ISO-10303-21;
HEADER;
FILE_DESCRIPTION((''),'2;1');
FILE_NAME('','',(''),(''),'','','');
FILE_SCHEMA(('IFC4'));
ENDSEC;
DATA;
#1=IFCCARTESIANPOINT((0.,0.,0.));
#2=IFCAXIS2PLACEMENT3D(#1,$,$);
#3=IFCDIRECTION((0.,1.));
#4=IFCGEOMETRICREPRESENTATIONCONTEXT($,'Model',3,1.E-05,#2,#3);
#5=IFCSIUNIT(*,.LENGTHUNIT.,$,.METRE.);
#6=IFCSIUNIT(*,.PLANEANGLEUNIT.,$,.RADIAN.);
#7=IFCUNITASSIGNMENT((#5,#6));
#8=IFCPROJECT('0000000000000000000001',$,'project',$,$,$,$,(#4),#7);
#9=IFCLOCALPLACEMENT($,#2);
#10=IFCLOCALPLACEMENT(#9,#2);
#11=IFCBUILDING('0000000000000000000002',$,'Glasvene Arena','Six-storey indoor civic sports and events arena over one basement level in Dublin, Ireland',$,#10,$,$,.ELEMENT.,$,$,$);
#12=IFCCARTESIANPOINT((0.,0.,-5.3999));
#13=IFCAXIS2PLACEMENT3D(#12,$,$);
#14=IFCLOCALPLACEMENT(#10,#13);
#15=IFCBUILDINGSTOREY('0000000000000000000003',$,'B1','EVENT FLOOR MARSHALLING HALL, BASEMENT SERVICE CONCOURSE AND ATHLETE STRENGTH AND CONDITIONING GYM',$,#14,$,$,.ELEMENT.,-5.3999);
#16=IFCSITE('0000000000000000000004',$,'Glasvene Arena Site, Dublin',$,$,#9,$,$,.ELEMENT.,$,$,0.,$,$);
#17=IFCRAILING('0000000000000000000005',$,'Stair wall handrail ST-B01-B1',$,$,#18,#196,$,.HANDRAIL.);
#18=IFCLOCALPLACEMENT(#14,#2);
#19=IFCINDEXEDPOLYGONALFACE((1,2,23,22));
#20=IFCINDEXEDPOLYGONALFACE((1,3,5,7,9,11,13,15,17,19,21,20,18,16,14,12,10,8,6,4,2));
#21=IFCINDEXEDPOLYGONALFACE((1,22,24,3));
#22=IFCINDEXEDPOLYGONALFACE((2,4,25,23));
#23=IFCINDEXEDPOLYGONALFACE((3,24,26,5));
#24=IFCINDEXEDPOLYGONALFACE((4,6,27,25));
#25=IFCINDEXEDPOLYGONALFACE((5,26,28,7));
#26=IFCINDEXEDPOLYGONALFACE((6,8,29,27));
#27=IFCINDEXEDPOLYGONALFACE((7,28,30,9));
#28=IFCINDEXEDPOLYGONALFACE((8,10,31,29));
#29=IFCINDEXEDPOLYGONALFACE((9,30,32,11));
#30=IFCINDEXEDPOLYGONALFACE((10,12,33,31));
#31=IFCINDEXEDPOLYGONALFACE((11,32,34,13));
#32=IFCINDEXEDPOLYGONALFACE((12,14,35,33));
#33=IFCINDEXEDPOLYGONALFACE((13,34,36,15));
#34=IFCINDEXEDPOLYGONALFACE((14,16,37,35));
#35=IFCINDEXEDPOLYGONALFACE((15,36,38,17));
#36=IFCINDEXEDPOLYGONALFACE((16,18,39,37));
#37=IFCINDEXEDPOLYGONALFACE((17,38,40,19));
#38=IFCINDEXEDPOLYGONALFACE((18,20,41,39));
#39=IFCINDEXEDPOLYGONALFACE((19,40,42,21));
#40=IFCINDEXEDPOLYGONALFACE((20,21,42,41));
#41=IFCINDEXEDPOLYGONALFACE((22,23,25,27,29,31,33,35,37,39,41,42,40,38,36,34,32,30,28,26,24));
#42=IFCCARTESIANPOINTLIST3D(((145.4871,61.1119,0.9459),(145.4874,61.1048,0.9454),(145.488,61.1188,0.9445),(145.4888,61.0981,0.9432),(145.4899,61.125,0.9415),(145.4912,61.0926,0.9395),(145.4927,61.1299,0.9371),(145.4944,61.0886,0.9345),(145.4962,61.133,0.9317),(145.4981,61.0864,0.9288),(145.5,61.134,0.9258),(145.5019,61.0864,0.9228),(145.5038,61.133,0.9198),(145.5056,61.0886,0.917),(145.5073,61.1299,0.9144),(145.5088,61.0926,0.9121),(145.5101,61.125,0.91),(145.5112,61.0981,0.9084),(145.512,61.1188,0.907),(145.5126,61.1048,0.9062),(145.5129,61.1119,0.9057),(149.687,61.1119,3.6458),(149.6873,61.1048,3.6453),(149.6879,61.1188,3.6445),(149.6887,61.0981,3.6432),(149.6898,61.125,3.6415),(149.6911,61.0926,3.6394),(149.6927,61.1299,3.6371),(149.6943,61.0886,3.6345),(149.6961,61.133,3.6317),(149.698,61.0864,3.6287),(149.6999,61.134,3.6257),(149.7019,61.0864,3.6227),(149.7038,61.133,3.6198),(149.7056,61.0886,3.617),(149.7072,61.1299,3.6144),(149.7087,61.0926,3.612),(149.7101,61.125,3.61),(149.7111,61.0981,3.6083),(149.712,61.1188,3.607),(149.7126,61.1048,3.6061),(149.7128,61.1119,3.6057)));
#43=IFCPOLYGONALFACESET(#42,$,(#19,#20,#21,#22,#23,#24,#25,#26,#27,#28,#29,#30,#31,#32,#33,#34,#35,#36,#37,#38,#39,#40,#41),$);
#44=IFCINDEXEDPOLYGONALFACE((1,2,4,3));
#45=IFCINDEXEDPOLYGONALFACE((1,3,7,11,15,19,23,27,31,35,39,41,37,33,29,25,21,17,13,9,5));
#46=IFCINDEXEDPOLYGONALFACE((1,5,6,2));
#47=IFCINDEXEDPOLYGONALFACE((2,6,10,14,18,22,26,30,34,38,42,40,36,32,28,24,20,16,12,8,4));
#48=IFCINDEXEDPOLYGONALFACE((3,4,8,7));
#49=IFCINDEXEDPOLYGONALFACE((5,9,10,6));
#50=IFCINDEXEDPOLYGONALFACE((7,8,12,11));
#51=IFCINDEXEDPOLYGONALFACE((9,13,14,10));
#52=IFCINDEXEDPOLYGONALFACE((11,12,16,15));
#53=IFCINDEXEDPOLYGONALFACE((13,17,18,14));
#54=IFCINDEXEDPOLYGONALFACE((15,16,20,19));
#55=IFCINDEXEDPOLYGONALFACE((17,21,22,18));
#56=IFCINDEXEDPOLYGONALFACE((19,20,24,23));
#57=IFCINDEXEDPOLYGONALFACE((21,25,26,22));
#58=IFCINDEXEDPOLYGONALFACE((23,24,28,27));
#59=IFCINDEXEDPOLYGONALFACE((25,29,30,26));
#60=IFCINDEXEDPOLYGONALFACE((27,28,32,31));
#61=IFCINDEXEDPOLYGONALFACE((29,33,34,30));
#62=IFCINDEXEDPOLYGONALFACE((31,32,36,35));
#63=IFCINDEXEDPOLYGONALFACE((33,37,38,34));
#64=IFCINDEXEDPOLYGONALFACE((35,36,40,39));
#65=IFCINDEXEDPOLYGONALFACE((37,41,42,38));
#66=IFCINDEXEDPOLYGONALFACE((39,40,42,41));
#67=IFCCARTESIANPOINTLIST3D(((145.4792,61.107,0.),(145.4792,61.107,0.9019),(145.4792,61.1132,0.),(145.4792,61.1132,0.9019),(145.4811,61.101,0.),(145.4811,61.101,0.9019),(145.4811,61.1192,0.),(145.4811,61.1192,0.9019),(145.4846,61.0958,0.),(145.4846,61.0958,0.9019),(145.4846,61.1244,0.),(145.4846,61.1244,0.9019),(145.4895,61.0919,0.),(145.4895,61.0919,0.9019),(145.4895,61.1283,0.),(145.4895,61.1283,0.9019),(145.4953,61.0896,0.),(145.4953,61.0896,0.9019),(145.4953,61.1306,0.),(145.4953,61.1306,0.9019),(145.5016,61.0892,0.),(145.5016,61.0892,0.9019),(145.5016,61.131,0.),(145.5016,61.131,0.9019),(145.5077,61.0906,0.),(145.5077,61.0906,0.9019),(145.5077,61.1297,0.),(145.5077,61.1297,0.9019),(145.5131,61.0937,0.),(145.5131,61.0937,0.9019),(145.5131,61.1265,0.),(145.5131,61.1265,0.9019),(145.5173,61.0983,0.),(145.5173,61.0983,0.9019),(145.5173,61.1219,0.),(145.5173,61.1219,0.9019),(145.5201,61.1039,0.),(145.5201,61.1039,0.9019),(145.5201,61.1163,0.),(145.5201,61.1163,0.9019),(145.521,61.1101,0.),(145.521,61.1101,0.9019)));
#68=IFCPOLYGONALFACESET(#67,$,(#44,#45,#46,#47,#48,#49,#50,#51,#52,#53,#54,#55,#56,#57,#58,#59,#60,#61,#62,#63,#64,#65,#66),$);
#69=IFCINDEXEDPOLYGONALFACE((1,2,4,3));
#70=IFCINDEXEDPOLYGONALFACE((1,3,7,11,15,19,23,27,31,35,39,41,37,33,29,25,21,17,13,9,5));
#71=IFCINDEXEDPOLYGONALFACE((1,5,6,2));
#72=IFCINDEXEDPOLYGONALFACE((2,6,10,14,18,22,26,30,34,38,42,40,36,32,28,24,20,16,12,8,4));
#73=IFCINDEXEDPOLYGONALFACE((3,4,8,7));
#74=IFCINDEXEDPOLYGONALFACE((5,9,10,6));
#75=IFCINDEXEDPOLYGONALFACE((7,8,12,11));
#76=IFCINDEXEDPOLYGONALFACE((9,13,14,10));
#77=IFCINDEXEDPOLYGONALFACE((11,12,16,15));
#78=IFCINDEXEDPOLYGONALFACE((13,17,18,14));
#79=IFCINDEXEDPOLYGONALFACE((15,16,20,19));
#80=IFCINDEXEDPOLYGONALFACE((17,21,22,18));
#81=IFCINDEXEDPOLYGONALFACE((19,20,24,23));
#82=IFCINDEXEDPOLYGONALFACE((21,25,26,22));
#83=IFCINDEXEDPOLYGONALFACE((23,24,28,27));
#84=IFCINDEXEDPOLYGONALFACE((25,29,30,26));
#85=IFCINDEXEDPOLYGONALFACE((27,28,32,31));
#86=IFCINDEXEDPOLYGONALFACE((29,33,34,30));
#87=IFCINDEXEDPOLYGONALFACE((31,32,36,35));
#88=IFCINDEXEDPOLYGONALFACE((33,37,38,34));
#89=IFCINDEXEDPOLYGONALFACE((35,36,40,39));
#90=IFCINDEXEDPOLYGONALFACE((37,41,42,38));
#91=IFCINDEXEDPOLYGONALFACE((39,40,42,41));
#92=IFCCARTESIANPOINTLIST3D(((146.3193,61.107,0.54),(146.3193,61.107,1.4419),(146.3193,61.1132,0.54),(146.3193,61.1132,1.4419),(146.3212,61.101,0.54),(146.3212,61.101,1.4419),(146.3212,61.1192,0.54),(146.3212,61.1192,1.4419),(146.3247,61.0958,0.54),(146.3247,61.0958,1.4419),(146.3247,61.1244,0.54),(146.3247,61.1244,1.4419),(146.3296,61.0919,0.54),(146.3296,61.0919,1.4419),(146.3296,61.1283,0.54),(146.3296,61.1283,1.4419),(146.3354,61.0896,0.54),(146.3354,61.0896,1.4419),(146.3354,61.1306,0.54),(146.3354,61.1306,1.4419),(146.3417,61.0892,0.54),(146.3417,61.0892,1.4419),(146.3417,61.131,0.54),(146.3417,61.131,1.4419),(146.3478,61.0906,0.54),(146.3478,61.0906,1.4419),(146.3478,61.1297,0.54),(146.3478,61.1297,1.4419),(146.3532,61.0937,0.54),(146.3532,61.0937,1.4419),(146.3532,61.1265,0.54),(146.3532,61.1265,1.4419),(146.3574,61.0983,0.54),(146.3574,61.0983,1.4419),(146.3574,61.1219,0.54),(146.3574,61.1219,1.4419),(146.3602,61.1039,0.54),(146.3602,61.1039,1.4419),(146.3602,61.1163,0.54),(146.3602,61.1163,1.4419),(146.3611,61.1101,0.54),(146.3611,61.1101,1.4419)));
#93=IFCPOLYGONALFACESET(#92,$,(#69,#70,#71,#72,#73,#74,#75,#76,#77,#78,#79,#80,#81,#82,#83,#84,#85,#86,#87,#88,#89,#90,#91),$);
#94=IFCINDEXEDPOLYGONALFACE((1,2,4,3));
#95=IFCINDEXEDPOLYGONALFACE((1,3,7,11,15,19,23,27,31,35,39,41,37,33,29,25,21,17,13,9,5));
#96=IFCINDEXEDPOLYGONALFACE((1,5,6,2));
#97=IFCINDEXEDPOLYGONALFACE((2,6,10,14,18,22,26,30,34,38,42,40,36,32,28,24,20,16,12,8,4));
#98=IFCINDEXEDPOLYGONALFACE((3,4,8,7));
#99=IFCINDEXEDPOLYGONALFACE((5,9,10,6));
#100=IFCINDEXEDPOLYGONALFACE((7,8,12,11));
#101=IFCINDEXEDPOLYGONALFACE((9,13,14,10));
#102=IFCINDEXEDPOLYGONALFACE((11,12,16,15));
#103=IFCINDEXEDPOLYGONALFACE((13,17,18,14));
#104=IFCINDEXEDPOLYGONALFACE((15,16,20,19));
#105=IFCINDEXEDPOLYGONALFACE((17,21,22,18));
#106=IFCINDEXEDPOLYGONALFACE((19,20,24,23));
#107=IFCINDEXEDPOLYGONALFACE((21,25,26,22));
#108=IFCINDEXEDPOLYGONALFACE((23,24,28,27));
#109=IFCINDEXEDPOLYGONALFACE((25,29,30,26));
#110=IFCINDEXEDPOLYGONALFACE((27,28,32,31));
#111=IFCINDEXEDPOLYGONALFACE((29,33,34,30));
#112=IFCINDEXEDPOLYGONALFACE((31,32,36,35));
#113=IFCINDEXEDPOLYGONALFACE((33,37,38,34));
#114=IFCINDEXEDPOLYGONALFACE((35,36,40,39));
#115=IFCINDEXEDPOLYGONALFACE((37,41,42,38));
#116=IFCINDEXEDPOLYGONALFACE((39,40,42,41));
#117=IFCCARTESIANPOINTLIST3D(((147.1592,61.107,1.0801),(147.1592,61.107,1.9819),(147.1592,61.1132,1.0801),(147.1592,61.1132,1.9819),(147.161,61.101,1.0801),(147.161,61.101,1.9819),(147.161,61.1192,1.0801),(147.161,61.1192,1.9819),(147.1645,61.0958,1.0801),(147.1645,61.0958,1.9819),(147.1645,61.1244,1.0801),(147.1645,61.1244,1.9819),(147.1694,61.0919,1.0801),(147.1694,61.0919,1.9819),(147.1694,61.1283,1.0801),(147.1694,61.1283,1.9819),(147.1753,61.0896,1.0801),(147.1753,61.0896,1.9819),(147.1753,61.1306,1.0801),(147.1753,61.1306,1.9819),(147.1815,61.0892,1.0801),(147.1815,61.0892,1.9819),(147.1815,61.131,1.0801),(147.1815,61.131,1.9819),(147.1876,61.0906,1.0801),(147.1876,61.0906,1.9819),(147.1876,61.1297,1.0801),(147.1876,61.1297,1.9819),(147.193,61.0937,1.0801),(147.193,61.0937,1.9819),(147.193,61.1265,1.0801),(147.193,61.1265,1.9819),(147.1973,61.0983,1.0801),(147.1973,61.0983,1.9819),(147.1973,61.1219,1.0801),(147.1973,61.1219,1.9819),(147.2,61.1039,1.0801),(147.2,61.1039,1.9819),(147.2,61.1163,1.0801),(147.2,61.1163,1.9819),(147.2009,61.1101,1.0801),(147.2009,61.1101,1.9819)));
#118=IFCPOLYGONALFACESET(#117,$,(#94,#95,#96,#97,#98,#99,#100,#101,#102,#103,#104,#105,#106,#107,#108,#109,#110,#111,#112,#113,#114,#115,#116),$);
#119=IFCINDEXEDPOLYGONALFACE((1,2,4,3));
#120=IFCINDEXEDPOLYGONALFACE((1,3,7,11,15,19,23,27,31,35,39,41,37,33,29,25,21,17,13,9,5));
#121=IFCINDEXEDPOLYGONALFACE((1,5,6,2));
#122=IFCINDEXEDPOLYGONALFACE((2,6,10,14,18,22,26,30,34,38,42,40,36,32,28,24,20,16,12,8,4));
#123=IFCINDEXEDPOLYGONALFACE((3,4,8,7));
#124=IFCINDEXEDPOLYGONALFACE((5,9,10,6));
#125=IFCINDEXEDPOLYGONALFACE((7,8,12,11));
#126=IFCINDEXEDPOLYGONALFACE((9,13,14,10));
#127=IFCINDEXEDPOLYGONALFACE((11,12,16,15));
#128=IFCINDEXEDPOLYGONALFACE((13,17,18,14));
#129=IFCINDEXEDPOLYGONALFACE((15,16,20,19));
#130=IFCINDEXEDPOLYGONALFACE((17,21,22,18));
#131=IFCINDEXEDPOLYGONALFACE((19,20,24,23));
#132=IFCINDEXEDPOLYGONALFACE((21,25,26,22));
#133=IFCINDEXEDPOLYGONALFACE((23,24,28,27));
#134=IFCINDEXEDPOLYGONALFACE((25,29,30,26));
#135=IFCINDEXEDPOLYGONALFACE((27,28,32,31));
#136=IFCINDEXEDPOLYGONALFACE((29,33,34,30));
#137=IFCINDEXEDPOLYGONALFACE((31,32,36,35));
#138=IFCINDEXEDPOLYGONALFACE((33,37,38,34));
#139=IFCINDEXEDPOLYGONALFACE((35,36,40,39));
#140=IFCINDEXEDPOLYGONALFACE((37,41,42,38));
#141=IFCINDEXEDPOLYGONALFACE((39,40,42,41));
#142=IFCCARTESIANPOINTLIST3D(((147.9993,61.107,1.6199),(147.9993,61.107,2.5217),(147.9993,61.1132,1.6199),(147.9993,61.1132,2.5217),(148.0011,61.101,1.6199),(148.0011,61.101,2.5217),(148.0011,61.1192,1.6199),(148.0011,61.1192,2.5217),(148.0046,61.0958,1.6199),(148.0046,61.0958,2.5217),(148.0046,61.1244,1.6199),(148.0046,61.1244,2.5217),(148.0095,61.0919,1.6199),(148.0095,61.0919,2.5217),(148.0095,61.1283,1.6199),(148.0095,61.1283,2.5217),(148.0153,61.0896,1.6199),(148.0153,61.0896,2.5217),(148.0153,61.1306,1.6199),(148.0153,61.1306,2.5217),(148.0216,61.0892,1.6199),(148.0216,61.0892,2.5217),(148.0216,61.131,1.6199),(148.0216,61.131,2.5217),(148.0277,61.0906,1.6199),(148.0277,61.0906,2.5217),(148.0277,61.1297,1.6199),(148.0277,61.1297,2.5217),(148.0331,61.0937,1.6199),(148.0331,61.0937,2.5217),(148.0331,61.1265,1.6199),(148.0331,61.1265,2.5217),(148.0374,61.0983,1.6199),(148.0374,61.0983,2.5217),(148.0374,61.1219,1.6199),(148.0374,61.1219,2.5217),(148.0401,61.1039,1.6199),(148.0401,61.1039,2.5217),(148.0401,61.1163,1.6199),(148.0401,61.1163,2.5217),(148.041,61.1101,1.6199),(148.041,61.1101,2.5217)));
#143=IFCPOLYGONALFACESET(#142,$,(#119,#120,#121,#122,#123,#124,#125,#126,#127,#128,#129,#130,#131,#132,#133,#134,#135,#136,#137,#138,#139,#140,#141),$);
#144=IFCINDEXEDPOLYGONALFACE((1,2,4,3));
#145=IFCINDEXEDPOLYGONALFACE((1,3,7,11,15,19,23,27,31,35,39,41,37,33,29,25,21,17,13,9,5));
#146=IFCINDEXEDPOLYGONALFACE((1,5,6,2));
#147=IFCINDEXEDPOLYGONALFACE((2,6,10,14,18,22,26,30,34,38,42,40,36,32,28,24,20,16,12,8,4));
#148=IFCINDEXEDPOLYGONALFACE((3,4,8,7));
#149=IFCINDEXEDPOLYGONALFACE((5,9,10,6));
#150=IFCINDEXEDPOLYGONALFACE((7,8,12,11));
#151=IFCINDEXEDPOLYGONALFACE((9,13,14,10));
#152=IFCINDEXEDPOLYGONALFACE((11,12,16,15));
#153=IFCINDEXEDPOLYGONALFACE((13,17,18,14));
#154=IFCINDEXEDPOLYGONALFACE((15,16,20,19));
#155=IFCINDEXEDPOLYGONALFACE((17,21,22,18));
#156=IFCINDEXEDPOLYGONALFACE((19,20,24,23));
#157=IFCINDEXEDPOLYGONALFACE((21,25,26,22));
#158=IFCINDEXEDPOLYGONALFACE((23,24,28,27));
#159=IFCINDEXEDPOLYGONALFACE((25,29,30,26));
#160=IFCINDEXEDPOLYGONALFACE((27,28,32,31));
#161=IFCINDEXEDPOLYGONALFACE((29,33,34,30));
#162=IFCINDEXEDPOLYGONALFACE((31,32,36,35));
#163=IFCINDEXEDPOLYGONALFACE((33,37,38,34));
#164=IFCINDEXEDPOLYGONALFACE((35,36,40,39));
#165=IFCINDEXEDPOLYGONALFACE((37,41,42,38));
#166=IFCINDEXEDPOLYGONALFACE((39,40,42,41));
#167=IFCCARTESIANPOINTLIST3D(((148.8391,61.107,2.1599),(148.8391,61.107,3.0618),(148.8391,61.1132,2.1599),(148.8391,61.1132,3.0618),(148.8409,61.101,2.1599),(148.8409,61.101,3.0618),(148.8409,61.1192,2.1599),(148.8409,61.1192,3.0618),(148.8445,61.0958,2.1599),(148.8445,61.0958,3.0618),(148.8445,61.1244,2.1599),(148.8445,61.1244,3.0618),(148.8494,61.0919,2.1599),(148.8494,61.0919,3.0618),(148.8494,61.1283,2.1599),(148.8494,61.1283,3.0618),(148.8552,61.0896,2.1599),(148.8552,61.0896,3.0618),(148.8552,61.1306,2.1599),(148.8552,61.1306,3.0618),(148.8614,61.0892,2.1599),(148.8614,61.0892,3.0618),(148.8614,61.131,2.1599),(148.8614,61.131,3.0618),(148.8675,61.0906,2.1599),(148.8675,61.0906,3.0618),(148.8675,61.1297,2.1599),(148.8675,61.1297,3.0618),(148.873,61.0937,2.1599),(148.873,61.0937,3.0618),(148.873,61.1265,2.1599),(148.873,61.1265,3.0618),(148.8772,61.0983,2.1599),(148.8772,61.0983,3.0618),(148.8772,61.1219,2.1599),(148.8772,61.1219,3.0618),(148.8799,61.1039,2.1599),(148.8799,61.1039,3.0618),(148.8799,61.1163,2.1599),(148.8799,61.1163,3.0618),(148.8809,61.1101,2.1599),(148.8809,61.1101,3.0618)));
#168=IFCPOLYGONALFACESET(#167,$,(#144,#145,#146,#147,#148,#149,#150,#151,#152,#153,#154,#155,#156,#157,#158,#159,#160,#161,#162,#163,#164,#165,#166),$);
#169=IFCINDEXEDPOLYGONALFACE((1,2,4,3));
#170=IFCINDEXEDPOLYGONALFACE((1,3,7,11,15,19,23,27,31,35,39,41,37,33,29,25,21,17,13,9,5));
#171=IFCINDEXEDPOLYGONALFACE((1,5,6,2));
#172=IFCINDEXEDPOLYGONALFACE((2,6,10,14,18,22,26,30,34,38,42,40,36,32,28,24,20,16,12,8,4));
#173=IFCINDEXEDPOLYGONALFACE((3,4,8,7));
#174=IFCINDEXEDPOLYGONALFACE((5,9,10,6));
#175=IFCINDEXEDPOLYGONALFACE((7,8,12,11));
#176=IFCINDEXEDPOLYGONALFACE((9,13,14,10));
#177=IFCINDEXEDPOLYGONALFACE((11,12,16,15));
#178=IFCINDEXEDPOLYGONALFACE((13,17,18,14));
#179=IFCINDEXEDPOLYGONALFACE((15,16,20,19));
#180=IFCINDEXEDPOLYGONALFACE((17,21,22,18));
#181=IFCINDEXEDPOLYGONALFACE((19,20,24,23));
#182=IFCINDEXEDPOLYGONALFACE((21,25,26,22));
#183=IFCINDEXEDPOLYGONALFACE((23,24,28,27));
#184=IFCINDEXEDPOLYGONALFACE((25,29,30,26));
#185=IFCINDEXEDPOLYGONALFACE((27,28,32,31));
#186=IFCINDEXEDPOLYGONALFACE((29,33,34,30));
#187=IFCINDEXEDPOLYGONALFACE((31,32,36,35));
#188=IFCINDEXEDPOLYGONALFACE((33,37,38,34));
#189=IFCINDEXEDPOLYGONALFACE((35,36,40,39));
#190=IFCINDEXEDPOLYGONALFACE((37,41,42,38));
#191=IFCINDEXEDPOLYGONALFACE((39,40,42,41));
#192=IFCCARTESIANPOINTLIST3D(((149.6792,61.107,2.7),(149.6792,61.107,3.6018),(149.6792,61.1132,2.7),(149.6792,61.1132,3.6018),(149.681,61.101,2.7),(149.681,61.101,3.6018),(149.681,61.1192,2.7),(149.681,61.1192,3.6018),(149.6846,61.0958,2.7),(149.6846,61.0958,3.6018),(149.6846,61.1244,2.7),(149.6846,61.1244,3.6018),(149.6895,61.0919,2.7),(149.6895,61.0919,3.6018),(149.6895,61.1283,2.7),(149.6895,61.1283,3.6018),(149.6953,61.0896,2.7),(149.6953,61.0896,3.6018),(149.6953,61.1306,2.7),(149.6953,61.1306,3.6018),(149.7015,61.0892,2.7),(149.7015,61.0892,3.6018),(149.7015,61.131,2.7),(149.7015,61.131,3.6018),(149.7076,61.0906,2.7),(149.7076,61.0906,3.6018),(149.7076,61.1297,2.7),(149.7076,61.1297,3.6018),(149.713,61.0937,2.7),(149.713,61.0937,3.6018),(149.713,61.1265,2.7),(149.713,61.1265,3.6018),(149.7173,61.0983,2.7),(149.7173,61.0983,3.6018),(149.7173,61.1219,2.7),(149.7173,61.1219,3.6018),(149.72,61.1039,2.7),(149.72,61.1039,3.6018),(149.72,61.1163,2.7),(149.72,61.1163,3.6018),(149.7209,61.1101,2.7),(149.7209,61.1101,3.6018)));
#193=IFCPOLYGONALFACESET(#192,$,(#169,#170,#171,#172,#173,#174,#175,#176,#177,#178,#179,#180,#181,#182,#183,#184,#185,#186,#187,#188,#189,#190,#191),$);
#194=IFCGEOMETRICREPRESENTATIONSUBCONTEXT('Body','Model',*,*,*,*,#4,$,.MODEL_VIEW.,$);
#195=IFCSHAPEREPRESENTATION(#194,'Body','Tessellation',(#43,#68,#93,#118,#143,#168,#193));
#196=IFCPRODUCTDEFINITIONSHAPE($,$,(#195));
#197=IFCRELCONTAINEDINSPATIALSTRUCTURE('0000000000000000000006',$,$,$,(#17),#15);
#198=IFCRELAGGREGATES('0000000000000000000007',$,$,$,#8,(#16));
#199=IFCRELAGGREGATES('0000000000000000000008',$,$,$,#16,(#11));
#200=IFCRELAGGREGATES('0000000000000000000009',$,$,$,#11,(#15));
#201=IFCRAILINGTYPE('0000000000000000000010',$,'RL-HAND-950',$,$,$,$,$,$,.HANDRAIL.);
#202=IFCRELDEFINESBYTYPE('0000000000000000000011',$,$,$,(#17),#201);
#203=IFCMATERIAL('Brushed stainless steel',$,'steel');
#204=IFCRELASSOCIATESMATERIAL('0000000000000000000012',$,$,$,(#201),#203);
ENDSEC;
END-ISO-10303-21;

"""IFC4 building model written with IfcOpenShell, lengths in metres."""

from ifc_helpers import new_model, si_unit, direction, frame, origin, origin_2d, place, context, subcontext, project, spatial, circle, extrude, material, type_object, element, save


model = new_model("IFC4")

# Units and contexts
model_context = context("Model", 3, precision=1e-05, world=origin(), true_north=direction((0.0, 1.0)))
body_context = subcontext(model_context, "Body", "Model", "MODEL_VIEW")
ifc_project = project(units=[si_unit("LENGTHUNIT", "METRE"), si_unit("PLANEANGLEUNIT", "RADIAN")], contexts=[model_context])

# Site, building, storey
site_placement = place(None, origin())
site = spatial("IfcSite", under=ifc_project, at=site_placement, Name="Glasvene Arena Site, Dublin", CompositionType="ELEMENT", RefElevation=0.0)
building_placement = place(site_placement, origin())
building = spatial("IfcBuilding", under=site, at=building_placement, Name="Glasvene Arena", Description="Six-storey indoor civic sports and events arena over one basement level in Dublin, Ireland", CompositionType="ELEMENT")
storey_placement = place(building_placement, frame((0.0, 0.0, -5.3999)))
storey = spatial("IfcBuildingStorey", under=building, at=storey_placement, Name="B1", Description="EVENT FLOOR MARSHALLING HALL, BASEMENT SERVICE CONCOURSE AND ATHLETE STRENGTH AND CONDITIONING GYM", CompositionType="ELEMENT", Elevation=-5.3999)

# Railing
ifc_material_1 = material(Name="Brushed stainless steel", Category="steel")
railing_type_1 = type_object("IfcRailingType", Name="RL-HAND-950", PredefinedType="HANDRAIL", material=ifc_material_1)
for number, where, name in (
    (1, (145.5, 61.1101, 0.0), "Stair wall handrail ST-B01-B1"),
):
    element("IfcRailing", number, at=place(storey_placement, frame(where)), inside=storey, type_object=railing_type_1, Name=name, PredefinedType="HANDRAIL", context=body_context, shape_type="SweptSolid", body=[
        extrude(circle(Radius=0.0239, at=origin_2d()), frame((0.0, 0.0, 0.9258), z_axis=(0.84118, 0.0, 0.540755), x_axis=(0.0, 1.0, 0.0)), (0.0, 0.0, 1.0), 4.9929),
        extrude(circle(Radius=0.021, at=origin_2d()), origin(), (0.0, 0.0, 1.0), 0.9019),
        extrude(circle(Radius=0.021, at=origin_2d()), frame((0.8401, 0.0, 0.54)), (0.0, 0.0, 1.0), 0.9019),
        extrude(circle(Radius=0.021, at=origin_2d()), frame((1.6799, 0.0, 1.0801)), (0.0, 0.0, 1.0), 0.9019),
        extrude(circle(Radius=0.021, at=origin_2d()), frame((2.52, 0.0, 1.6199)), (0.0, 0.0, 1.0), 0.9019),
        extrude(circle(Radius=0.021, at=origin_2d()), frame((3.3599, 0.0, 2.1599)), (0.0, 0.0, 1.0), 0.9019),
        extrude(circle(Radius=0.021, at=origin_2d()), frame((4.2, 0.0, 2.7)), (0.0, 0.0, 1.0), 0.9019),
    ])

save(model, "model.ifc")
